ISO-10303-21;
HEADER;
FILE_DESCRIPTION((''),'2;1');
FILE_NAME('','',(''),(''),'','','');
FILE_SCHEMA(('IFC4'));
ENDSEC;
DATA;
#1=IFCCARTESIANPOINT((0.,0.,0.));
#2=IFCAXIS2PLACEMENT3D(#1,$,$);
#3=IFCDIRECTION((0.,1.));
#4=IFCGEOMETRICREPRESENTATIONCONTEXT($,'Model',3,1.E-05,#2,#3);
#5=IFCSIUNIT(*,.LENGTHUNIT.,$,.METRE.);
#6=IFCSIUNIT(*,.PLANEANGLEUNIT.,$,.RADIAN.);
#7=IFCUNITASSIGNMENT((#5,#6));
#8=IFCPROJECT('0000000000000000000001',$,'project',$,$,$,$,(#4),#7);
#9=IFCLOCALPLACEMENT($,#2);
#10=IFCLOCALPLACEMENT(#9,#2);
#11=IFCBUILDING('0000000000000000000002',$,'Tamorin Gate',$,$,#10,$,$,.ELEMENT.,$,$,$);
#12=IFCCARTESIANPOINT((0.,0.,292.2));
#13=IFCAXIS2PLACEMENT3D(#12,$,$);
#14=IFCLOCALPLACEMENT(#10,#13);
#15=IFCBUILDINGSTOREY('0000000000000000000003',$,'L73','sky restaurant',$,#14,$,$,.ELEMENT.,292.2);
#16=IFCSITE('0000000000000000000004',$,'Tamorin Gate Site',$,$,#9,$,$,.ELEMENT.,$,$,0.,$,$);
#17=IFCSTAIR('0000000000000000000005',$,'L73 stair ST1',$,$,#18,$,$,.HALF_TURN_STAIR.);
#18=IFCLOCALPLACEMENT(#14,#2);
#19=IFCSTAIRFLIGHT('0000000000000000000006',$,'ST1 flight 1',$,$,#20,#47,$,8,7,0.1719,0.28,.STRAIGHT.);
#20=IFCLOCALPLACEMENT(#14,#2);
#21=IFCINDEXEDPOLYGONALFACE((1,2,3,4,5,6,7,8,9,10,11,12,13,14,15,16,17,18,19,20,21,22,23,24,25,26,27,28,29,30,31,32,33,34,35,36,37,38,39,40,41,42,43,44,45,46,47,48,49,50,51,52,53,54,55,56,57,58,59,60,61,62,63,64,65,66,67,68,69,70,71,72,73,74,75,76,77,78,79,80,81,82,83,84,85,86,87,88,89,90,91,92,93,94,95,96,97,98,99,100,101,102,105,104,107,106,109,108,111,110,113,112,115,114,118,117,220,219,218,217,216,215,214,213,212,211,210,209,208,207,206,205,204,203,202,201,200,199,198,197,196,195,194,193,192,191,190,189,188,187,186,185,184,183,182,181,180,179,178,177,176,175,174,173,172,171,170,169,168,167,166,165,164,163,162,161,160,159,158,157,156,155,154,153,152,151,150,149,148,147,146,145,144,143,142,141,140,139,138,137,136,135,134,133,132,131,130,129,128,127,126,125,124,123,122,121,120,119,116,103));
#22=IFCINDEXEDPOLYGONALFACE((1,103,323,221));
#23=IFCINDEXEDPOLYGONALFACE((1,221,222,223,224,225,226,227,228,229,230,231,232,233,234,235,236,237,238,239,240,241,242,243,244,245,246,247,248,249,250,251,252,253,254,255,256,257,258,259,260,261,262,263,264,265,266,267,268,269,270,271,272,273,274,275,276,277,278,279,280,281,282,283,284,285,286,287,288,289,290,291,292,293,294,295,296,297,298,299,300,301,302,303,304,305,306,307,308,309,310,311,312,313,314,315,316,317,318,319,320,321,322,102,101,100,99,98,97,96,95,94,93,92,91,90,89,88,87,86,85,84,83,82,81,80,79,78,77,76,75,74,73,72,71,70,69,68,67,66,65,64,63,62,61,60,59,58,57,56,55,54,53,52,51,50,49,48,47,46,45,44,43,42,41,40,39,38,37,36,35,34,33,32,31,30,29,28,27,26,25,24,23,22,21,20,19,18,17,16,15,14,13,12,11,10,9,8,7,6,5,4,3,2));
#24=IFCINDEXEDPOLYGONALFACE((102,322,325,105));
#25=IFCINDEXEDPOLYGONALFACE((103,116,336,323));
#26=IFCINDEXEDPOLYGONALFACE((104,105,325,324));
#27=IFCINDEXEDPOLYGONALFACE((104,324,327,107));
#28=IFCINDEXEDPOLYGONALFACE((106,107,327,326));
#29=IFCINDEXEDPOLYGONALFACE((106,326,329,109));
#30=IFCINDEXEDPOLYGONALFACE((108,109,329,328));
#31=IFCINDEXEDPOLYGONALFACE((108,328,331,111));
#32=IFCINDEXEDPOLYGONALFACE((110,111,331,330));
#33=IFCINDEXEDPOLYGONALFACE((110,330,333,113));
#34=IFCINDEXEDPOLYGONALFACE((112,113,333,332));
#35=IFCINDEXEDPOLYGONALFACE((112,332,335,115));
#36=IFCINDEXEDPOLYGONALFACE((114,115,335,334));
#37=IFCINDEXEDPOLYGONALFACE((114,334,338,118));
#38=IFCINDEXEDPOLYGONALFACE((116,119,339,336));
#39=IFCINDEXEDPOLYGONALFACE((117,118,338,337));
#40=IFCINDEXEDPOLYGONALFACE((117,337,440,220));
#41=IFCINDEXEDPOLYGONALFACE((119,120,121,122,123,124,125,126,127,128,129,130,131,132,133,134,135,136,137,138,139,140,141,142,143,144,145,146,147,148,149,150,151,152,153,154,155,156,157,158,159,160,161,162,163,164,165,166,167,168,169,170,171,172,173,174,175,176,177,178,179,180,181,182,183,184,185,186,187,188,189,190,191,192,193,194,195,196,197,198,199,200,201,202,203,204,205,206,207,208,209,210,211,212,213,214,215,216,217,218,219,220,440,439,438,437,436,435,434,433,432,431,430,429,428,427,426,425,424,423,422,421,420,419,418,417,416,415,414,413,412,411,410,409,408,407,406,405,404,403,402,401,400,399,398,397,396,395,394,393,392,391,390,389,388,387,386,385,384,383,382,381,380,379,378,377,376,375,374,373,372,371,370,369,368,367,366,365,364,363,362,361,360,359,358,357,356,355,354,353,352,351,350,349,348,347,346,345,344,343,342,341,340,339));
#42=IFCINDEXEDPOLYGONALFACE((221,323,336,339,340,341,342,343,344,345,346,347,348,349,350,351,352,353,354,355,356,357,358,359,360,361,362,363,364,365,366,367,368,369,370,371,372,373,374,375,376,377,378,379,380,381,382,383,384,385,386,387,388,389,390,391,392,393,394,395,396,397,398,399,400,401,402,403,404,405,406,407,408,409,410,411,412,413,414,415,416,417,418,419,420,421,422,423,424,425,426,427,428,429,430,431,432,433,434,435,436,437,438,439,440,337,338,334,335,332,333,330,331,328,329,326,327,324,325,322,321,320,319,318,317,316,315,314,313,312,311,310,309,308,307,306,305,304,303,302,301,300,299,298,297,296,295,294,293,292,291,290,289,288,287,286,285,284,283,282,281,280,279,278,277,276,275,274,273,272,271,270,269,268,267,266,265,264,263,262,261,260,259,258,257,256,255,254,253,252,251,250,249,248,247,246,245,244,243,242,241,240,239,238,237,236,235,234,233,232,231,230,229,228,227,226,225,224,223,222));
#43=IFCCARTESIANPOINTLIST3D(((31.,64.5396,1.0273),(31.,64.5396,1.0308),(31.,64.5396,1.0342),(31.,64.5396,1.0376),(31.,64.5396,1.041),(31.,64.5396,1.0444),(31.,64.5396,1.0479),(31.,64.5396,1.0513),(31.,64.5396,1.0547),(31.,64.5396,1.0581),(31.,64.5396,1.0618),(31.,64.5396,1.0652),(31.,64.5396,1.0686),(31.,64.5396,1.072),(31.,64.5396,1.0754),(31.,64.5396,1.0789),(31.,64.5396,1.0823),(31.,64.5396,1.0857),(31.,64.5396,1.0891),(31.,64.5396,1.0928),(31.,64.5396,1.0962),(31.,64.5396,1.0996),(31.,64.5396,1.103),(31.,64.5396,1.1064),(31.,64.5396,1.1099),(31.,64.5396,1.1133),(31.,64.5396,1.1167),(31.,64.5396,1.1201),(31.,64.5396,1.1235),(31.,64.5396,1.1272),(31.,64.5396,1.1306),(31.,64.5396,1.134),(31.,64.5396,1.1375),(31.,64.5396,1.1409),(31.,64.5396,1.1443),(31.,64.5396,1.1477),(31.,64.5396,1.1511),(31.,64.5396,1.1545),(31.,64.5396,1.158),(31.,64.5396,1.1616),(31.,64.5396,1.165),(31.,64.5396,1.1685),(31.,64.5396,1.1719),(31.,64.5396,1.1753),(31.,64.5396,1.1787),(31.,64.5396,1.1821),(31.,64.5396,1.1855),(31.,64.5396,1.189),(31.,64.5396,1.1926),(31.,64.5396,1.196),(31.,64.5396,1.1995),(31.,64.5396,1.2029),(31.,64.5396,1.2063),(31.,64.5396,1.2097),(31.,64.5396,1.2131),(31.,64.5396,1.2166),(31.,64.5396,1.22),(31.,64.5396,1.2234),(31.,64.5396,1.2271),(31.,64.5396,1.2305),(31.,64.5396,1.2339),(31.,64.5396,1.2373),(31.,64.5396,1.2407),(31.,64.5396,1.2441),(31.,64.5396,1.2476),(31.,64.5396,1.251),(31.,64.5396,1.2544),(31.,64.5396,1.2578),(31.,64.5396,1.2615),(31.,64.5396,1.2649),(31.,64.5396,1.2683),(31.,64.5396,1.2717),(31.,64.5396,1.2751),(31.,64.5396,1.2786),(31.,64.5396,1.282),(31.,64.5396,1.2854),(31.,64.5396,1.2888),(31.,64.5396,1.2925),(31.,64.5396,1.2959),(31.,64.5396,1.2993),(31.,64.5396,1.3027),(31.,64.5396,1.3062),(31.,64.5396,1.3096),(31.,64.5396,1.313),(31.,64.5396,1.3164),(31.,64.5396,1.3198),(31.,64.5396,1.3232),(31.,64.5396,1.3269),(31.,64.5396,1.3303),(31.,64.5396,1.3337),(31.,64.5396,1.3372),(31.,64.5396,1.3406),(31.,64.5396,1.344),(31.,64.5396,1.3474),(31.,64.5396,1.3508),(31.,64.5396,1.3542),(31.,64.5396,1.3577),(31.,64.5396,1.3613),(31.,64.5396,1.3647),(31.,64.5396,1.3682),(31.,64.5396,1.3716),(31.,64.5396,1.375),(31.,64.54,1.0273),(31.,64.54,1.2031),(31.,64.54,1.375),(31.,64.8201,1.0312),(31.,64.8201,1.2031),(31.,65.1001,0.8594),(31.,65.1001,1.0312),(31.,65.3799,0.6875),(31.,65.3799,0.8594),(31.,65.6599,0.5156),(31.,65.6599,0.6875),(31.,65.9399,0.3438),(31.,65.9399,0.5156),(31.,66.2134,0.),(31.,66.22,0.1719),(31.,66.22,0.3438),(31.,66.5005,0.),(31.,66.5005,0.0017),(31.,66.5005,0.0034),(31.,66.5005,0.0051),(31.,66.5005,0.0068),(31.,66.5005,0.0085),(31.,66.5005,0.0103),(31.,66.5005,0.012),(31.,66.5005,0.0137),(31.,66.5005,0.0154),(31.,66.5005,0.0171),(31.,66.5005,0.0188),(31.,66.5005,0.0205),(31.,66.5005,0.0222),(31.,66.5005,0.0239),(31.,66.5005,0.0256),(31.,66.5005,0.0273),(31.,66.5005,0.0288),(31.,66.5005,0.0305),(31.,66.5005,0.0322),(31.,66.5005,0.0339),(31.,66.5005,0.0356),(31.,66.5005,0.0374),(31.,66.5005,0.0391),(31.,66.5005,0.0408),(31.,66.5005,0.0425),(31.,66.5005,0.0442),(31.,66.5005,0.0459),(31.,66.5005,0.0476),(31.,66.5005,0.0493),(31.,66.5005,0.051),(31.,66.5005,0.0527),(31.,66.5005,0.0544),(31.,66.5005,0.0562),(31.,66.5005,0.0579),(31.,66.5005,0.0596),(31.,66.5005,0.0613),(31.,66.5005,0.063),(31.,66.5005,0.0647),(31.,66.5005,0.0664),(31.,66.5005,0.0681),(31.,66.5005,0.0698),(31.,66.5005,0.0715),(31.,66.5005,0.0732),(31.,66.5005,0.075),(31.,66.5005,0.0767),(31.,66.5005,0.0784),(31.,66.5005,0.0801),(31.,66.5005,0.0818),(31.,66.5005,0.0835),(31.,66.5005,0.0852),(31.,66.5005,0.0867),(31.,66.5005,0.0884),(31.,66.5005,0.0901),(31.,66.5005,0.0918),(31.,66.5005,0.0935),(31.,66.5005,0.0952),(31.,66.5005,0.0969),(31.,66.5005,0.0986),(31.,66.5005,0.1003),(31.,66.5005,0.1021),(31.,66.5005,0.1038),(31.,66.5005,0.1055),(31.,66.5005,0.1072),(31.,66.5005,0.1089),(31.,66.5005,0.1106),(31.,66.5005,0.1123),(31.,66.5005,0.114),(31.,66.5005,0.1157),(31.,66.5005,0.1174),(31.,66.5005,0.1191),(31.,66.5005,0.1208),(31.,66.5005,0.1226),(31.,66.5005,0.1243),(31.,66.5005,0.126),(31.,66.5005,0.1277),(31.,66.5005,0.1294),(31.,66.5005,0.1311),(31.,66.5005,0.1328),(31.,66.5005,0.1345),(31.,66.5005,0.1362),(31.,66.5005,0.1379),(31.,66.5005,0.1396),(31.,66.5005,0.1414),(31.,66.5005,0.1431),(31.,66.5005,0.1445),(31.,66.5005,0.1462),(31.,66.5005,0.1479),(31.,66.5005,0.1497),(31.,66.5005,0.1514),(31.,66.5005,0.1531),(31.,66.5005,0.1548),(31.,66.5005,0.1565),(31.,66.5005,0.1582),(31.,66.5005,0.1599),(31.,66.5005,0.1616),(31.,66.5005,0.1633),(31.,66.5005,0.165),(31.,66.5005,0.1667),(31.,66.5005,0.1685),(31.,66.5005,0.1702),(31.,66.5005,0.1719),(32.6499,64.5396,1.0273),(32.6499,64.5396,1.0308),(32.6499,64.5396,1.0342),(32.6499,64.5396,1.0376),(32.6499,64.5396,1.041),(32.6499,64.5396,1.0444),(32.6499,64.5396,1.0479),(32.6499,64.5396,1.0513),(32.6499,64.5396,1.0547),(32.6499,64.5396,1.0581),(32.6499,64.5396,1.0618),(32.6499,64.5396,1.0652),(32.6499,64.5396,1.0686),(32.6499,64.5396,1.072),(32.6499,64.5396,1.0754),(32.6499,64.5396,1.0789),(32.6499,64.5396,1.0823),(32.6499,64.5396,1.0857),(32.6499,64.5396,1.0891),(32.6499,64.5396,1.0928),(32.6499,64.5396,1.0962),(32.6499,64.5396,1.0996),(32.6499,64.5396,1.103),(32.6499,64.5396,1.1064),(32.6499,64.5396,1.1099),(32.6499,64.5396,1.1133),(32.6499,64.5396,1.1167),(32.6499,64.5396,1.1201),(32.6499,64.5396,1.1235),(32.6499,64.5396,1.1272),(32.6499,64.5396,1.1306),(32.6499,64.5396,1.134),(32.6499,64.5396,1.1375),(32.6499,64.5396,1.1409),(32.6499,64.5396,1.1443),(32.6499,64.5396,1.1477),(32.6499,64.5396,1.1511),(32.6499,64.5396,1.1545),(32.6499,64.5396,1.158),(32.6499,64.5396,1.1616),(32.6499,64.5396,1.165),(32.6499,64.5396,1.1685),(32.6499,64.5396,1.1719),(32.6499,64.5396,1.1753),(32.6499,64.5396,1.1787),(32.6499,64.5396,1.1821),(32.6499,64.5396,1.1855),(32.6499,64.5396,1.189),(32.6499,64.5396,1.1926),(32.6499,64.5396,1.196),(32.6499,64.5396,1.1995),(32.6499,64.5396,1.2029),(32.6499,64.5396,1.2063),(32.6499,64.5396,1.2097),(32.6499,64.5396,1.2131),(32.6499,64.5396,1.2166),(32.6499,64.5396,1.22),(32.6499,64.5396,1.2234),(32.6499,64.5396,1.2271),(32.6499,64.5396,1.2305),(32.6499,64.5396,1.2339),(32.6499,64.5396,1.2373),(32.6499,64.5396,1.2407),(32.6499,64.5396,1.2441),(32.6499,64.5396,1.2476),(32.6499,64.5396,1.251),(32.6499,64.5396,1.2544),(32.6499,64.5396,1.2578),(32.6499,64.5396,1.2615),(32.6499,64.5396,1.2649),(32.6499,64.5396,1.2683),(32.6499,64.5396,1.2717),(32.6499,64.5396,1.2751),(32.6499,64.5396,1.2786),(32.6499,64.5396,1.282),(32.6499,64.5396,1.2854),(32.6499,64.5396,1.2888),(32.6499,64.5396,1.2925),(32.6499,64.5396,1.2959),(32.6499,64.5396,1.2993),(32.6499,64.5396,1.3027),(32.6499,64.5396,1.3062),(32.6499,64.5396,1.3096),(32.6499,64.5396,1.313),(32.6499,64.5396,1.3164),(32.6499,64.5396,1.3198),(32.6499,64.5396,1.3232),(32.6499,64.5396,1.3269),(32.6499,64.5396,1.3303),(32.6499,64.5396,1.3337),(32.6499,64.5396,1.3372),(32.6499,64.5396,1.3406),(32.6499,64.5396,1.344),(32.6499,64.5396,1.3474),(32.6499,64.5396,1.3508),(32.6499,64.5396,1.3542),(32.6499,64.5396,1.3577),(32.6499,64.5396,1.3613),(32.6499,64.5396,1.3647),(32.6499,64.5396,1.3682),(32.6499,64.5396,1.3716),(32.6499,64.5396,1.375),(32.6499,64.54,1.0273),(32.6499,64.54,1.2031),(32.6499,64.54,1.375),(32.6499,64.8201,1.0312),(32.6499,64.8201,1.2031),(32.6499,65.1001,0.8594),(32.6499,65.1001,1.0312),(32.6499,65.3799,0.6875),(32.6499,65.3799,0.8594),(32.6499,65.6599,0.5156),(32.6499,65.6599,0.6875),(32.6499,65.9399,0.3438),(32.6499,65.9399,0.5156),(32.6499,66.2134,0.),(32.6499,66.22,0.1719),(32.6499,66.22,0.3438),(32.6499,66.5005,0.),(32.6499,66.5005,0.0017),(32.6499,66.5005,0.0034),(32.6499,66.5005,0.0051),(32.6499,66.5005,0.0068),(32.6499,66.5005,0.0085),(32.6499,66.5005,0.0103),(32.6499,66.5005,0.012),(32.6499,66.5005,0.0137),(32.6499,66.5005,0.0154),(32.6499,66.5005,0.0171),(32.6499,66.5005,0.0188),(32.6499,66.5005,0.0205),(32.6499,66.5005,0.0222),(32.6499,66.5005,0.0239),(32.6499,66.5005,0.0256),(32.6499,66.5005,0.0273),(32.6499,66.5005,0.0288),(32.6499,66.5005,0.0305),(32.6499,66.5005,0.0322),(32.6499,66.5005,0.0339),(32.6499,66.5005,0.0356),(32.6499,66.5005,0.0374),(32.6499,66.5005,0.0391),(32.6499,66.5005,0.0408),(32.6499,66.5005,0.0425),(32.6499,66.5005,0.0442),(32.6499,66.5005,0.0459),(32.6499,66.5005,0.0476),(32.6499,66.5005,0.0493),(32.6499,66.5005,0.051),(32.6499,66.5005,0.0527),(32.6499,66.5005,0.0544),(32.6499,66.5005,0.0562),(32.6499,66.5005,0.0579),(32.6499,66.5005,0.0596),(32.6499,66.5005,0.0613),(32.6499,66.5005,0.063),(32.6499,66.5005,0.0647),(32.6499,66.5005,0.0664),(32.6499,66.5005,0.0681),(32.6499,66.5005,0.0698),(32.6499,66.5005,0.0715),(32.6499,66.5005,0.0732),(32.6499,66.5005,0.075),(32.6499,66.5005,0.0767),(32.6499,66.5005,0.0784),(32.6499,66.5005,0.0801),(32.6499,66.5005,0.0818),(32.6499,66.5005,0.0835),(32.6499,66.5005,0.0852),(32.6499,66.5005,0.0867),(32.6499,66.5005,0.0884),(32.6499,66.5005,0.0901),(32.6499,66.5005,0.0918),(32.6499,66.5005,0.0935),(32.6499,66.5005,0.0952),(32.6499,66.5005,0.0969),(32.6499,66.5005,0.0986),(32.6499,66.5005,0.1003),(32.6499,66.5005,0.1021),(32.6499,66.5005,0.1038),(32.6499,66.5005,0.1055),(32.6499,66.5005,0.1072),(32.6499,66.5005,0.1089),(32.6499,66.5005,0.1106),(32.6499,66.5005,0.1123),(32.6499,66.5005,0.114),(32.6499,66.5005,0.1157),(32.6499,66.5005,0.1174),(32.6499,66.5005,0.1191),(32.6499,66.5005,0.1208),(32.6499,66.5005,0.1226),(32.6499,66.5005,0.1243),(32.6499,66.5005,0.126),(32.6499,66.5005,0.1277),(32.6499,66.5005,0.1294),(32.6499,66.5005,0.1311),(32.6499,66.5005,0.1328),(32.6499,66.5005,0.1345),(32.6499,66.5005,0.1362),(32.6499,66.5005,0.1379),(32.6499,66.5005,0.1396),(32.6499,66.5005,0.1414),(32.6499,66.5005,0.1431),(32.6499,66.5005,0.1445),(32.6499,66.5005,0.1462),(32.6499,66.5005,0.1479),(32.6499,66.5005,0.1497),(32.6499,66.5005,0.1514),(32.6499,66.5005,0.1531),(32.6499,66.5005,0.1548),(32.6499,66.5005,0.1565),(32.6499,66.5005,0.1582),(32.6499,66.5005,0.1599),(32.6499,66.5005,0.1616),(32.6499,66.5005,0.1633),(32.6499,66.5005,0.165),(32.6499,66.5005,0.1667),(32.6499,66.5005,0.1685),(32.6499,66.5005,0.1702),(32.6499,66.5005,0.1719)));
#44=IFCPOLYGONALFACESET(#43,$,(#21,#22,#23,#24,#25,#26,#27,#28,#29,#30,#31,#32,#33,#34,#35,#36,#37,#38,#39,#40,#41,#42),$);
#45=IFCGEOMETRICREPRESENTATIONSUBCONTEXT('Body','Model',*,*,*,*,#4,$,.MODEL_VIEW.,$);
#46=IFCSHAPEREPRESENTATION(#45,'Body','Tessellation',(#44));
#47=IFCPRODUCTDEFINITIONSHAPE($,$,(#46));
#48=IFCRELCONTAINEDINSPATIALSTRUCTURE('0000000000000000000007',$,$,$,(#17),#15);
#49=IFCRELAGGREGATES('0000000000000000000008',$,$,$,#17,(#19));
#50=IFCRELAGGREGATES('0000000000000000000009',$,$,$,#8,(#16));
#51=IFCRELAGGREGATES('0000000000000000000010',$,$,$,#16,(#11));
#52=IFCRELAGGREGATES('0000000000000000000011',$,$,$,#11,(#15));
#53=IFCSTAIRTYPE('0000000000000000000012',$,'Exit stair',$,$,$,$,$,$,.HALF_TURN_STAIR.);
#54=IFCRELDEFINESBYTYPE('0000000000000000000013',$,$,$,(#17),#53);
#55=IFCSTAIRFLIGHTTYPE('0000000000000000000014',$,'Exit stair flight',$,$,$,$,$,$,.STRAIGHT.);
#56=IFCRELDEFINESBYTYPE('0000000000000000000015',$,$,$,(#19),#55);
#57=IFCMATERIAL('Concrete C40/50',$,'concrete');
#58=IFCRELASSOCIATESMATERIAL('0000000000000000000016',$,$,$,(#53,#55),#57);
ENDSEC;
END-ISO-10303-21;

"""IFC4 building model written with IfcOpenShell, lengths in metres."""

from ifc_helpers import new_model, si_unit, direction, frame, origin, place, context, subcontext, project, spatial, polyline, outline, extrude, material, type_object, element, aggregate, save


model = new_model("IFC4")

# Units and contexts
model_context = context("Model", 3, precision=1e-05, world=origin(), true_north=direction((0.0, 1.0)))
body_context = subcontext(model_context, "Body", "Model", "MODEL_VIEW")
ifc_project = project(units=[si_unit("LENGTHUNIT", "METRE"), si_unit("PLANEANGLEUNIT", "RADIAN")], contexts=[model_context])

# Site, building, storey
site_placement = place(None, origin())
site = spatial("IfcSite", under=ifc_project, at=site_placement, Name="Tamorin Gate Site", CompositionType="ELEMENT", RefElevation=0.0)
building_placement = place(site_placement, origin())
building = spatial("IfcBuilding", under=site, at=building_placement, Name="Tamorin Gate", CompositionType="ELEMENT")
storey_placement = place(building_placement, frame((0.0, 0.0, 292.2)))
storey = spatial("IfcBuildingStorey", under=building, at=storey_placement, Name="L73", Description="sky restaurant", CompositionType="ELEMENT", Elevation=292.2)

# Stair, stair flight
ifc_material_1 = material(Name="Concrete C40/50", Category="concrete")
stair_type = type_object("IfcStairType", Name="Exit stair", PredefinedType="HALF_TURN_STAIR", material=ifc_material_1)
stair_placement = place(storey_placement, origin())
stair = element("IfcStair", 1, at=stair_placement, inside=storey, type_object=stair_type, Name="L73 stair ST1", PredefinedType="HALF_TURN_STAIR")
stair_flight_type = type_object("IfcStairFlightType", Name="Exit stair flight", PredefinedType="STRAIGHT", material=ifc_material_1)
stair_flight_placement = place(storey_placement, frame((31.825, 66.5, 0.0), z_axis=(0.0, 0.0, 1.0), x_axis=(0.0, -1.0, 0.0)))
stair_flight = element("IfcStairFlight", 2, at=stair_flight_placement, type_object=stair_flight_type, Name="ST1 flight 1", NumberOfRisers=8, NumberOfTreads=7, PredefinedType="STRAIGHT", RiserHeight=0.1719, TreadLength=0.28, context=body_context, shape_type="SweptSolid", body=[
    extrude(outline(polyline([(-0.0005, 0.0), (-0.0005, 0.0017), (-0.0005, 0.0034), (-0.0005, 0.0051), (-0.0005, 0.0068), (-0.0005, 0.0085), (-0.0005, 0.0103), (-0.0005, 0.012), (-0.0005, 0.0137), (-0.0005, 0.0154), (-0.0005, 0.0171), (-0.0005, 0.0188), (-0.0005, 0.0205), (-0.0005, 0.0222), (-0.0005, 0.0239), (-0.0005, 0.0256), (-0.0005, 0.0273), (-0.0005, 0.0288), (-0.0005, 0.0305), (-0.0005, 0.0322), (-0.0005, 0.0339), (-0.0005, 0.0356), (-0.0005, 0.0374), (-0.0005, 0.0391), (-0.0005, 0.0408), (-0.0005, 0.0425), (-0.0005, 0.0442), (-0.0005, 0.0459), (-0.0005, 0.0476), (-0.0005, 0.0493), (-0.0005, 0.051), (-0.0005, 0.0527), (-0.0005, 0.0544), (-0.0005, 0.0562), (-0.0005, 0.0579), (-0.0005, 0.0596), (-0.0005, 0.0613), (-0.0005, 0.063), (-0.0005, 0.0647), (-0.0005, 0.0664), (-0.0005, 0.0681), (-0.0005, 0.0698), (-0.0005, 0.0715), (-0.0005, 0.0732), (-0.0005, 0.075), (-0.0005, 0.0767), (-0.0005, 0.0784), (-0.0005, 0.0801), (-0.0005, 0.0818), (-0.0005, 0.0835), (-0.0005, 0.0852), (-0.0005, 0.0867), (-0.0005, 0.0884), (-0.0005, 0.0901), (-0.0005, 0.0918), (-0.0005, 0.0935), (-0.0005, 0.0952), (-0.0005, 0.0969), (-0.0005, 0.0986), (-0.0005, 0.1003), (-0.0005, 0.1021), (-0.0005, 0.1038), (-0.0005, 0.1055), (-0.0005, 0.1072), (-0.0005, 0.1089), (-0.0005, 0.1106), (-0.0005, 0.1123), (-0.0005, 0.114), (-0.0005, 0.1157), (-0.0005, 0.1174), (-0.0005, 0.1191), (-0.0005, 0.1208), (-0.0005, 0.1226), (-0.0005, 0.1243), (-0.0005, 0.126), (-0.0005, 0.1277), (-0.0005, 0.1294), (-0.0005, 0.1311), (-0.0005, 0.1328), (-0.0005, 0.1345), (-0.0005, 0.1362), (-0.0005, 0.1379), (-0.0005, 0.1396), (-0.0005, 0.1414), (-0.0005, 0.1431), (-0.0005, 0.1445), (-0.0005, 0.1462), (-0.0005, 0.1479), (-0.0005, 0.1497), (-0.0005, 0.1514), (-0.0005, 0.1531), (-0.0005, 0.1548), (-0.0005, 0.1565), (-0.0005, 0.1582), (-0.0005, 0.1599), (-0.0005, 0.1616), (-0.0005, 0.1633), (-0.0005, 0.165), (-0.0005, 0.1667), (-0.0005, 0.1685), (-0.0005, 0.1702), (-0.0005, 0.1719), (0.28, 0.1719), (0.28, 0.3438), (0.5601, 0.3438), (0.5601, 0.5156), (0.8401, 0.5156), (0.8401, 0.6875), (1.1201, 0.6875), (1.1201, 0.8594), (1.3999, 0.8594), (1.3999, 1.0312), (1.6799, 1.0312), (1.6799, 1.2031), (1.96, 1.2031), (1.96, 1.375), (1.9604, 1.375), (1.9604, 1.3716), (1.9604, 1.3682), (1.9604, 1.3647), (1.9604, 1.3613), (1.9604, 1.3577), (1.9604, 1.3542), (1.9604, 1.3508), (1.9604, 1.3474), (1.9604, 1.344), (1.9604, 1.3406), (1.9604, 1.3372), (1.9604, 1.3337), (1.9604, 1.3303), (1.9604, 1.3269), (1.9604, 1.3232), (1.9604, 1.3198), (1.9604, 1.3164), (1.9604, 1.313), (1.9604, 1.3096), (1.9604, 1.3062), (1.9604, 1.3027), (1.9604, 1.2993), (1.9604, 1.2959), (1.9604, 1.2925), (1.9604, 1.2888), (1.9604, 1.2854), (1.9604, 1.282), (1.9604, 1.2786), (1.9604, 1.2751), (1.9604, 1.2717), (1.9604, 1.2683), (1.9604, 1.2649), (1.9604, 1.2615), (1.9604, 1.2578), (1.9604, 1.2544), (1.9604, 1.251), (1.9604, 1.2476), (1.9604, 1.2441), (1.9604, 1.2407), (1.9604, 1.2373), (1.9604, 1.2339), (1.9604, 1.2305), (1.9604, 1.2271), (1.9604, 1.2234), (1.9604, 1.22), (1.9604, 1.2166), (1.9604, 1.2131), (1.9604, 1.2097), (1.9604, 1.2063), (1.9604, 1.2029), (1.9604, 1.1995), (1.9604, 1.196), (1.9604, 1.1926), (1.9604, 1.189), (1.9604, 1.1855), (1.9604, 1.1821), (1.9604, 1.1787), (1.9604, 1.1753), (1.9604, 1.1719), (1.9604, 1.1685), (1.9604, 1.165), (1.9604, 1.1616), (1.9604, 1.158), (1.9604, 1.1545), (1.9604, 1.1511), (1.9604, 1.1477), (1.9604, 1.1443), (1.9604, 1.1409), (1.9604, 1.1375), (1.9604, 1.134), (1.9604, 1.1306), (1.9604, 1.1272), (1.9604, 1.1235), (1.9604, 1.1201), (1.9604, 1.1167), (1.9604, 1.1133), (1.9604, 1.1099), (1.9604, 1.1064), (1.9604, 1.103), (1.9604, 1.0996), (1.9604, 1.0962), (1.9604, 1.0928), (1.9604, 1.0891), (1.9604, 1.0857), (1.9604, 1.0823), (1.9604, 1.0789), (1.9604, 1.0754), (1.9604, 1.072), (1.9604, 1.0686), (1.9604, 1.0652), (1.9604, 1.0618), (1.9604, 1.0581), (1.9604, 1.0547), (1.9604, 1.0513), (1.9604, 1.0479), (1.9604, 1.0444), (1.9604, 1.041), (1.9604, 1.0376), (1.9604, 1.0342), (1.9604, 1.0308), (1.9604, 1.0273), (1.96, 1.0273), (0.2866, 0.0), (-0.0005, 0.0)])), frame((0.0, 0.825, 0.0), z_axis=(0.0, -1.0, 0.0), x_axis=(1.0, 0.0, 0.0)), (0.0, 0.0, 1.0), 1.6499),
])
aggregate(stair, [stair_flight])

save(model, "model.ifc")
